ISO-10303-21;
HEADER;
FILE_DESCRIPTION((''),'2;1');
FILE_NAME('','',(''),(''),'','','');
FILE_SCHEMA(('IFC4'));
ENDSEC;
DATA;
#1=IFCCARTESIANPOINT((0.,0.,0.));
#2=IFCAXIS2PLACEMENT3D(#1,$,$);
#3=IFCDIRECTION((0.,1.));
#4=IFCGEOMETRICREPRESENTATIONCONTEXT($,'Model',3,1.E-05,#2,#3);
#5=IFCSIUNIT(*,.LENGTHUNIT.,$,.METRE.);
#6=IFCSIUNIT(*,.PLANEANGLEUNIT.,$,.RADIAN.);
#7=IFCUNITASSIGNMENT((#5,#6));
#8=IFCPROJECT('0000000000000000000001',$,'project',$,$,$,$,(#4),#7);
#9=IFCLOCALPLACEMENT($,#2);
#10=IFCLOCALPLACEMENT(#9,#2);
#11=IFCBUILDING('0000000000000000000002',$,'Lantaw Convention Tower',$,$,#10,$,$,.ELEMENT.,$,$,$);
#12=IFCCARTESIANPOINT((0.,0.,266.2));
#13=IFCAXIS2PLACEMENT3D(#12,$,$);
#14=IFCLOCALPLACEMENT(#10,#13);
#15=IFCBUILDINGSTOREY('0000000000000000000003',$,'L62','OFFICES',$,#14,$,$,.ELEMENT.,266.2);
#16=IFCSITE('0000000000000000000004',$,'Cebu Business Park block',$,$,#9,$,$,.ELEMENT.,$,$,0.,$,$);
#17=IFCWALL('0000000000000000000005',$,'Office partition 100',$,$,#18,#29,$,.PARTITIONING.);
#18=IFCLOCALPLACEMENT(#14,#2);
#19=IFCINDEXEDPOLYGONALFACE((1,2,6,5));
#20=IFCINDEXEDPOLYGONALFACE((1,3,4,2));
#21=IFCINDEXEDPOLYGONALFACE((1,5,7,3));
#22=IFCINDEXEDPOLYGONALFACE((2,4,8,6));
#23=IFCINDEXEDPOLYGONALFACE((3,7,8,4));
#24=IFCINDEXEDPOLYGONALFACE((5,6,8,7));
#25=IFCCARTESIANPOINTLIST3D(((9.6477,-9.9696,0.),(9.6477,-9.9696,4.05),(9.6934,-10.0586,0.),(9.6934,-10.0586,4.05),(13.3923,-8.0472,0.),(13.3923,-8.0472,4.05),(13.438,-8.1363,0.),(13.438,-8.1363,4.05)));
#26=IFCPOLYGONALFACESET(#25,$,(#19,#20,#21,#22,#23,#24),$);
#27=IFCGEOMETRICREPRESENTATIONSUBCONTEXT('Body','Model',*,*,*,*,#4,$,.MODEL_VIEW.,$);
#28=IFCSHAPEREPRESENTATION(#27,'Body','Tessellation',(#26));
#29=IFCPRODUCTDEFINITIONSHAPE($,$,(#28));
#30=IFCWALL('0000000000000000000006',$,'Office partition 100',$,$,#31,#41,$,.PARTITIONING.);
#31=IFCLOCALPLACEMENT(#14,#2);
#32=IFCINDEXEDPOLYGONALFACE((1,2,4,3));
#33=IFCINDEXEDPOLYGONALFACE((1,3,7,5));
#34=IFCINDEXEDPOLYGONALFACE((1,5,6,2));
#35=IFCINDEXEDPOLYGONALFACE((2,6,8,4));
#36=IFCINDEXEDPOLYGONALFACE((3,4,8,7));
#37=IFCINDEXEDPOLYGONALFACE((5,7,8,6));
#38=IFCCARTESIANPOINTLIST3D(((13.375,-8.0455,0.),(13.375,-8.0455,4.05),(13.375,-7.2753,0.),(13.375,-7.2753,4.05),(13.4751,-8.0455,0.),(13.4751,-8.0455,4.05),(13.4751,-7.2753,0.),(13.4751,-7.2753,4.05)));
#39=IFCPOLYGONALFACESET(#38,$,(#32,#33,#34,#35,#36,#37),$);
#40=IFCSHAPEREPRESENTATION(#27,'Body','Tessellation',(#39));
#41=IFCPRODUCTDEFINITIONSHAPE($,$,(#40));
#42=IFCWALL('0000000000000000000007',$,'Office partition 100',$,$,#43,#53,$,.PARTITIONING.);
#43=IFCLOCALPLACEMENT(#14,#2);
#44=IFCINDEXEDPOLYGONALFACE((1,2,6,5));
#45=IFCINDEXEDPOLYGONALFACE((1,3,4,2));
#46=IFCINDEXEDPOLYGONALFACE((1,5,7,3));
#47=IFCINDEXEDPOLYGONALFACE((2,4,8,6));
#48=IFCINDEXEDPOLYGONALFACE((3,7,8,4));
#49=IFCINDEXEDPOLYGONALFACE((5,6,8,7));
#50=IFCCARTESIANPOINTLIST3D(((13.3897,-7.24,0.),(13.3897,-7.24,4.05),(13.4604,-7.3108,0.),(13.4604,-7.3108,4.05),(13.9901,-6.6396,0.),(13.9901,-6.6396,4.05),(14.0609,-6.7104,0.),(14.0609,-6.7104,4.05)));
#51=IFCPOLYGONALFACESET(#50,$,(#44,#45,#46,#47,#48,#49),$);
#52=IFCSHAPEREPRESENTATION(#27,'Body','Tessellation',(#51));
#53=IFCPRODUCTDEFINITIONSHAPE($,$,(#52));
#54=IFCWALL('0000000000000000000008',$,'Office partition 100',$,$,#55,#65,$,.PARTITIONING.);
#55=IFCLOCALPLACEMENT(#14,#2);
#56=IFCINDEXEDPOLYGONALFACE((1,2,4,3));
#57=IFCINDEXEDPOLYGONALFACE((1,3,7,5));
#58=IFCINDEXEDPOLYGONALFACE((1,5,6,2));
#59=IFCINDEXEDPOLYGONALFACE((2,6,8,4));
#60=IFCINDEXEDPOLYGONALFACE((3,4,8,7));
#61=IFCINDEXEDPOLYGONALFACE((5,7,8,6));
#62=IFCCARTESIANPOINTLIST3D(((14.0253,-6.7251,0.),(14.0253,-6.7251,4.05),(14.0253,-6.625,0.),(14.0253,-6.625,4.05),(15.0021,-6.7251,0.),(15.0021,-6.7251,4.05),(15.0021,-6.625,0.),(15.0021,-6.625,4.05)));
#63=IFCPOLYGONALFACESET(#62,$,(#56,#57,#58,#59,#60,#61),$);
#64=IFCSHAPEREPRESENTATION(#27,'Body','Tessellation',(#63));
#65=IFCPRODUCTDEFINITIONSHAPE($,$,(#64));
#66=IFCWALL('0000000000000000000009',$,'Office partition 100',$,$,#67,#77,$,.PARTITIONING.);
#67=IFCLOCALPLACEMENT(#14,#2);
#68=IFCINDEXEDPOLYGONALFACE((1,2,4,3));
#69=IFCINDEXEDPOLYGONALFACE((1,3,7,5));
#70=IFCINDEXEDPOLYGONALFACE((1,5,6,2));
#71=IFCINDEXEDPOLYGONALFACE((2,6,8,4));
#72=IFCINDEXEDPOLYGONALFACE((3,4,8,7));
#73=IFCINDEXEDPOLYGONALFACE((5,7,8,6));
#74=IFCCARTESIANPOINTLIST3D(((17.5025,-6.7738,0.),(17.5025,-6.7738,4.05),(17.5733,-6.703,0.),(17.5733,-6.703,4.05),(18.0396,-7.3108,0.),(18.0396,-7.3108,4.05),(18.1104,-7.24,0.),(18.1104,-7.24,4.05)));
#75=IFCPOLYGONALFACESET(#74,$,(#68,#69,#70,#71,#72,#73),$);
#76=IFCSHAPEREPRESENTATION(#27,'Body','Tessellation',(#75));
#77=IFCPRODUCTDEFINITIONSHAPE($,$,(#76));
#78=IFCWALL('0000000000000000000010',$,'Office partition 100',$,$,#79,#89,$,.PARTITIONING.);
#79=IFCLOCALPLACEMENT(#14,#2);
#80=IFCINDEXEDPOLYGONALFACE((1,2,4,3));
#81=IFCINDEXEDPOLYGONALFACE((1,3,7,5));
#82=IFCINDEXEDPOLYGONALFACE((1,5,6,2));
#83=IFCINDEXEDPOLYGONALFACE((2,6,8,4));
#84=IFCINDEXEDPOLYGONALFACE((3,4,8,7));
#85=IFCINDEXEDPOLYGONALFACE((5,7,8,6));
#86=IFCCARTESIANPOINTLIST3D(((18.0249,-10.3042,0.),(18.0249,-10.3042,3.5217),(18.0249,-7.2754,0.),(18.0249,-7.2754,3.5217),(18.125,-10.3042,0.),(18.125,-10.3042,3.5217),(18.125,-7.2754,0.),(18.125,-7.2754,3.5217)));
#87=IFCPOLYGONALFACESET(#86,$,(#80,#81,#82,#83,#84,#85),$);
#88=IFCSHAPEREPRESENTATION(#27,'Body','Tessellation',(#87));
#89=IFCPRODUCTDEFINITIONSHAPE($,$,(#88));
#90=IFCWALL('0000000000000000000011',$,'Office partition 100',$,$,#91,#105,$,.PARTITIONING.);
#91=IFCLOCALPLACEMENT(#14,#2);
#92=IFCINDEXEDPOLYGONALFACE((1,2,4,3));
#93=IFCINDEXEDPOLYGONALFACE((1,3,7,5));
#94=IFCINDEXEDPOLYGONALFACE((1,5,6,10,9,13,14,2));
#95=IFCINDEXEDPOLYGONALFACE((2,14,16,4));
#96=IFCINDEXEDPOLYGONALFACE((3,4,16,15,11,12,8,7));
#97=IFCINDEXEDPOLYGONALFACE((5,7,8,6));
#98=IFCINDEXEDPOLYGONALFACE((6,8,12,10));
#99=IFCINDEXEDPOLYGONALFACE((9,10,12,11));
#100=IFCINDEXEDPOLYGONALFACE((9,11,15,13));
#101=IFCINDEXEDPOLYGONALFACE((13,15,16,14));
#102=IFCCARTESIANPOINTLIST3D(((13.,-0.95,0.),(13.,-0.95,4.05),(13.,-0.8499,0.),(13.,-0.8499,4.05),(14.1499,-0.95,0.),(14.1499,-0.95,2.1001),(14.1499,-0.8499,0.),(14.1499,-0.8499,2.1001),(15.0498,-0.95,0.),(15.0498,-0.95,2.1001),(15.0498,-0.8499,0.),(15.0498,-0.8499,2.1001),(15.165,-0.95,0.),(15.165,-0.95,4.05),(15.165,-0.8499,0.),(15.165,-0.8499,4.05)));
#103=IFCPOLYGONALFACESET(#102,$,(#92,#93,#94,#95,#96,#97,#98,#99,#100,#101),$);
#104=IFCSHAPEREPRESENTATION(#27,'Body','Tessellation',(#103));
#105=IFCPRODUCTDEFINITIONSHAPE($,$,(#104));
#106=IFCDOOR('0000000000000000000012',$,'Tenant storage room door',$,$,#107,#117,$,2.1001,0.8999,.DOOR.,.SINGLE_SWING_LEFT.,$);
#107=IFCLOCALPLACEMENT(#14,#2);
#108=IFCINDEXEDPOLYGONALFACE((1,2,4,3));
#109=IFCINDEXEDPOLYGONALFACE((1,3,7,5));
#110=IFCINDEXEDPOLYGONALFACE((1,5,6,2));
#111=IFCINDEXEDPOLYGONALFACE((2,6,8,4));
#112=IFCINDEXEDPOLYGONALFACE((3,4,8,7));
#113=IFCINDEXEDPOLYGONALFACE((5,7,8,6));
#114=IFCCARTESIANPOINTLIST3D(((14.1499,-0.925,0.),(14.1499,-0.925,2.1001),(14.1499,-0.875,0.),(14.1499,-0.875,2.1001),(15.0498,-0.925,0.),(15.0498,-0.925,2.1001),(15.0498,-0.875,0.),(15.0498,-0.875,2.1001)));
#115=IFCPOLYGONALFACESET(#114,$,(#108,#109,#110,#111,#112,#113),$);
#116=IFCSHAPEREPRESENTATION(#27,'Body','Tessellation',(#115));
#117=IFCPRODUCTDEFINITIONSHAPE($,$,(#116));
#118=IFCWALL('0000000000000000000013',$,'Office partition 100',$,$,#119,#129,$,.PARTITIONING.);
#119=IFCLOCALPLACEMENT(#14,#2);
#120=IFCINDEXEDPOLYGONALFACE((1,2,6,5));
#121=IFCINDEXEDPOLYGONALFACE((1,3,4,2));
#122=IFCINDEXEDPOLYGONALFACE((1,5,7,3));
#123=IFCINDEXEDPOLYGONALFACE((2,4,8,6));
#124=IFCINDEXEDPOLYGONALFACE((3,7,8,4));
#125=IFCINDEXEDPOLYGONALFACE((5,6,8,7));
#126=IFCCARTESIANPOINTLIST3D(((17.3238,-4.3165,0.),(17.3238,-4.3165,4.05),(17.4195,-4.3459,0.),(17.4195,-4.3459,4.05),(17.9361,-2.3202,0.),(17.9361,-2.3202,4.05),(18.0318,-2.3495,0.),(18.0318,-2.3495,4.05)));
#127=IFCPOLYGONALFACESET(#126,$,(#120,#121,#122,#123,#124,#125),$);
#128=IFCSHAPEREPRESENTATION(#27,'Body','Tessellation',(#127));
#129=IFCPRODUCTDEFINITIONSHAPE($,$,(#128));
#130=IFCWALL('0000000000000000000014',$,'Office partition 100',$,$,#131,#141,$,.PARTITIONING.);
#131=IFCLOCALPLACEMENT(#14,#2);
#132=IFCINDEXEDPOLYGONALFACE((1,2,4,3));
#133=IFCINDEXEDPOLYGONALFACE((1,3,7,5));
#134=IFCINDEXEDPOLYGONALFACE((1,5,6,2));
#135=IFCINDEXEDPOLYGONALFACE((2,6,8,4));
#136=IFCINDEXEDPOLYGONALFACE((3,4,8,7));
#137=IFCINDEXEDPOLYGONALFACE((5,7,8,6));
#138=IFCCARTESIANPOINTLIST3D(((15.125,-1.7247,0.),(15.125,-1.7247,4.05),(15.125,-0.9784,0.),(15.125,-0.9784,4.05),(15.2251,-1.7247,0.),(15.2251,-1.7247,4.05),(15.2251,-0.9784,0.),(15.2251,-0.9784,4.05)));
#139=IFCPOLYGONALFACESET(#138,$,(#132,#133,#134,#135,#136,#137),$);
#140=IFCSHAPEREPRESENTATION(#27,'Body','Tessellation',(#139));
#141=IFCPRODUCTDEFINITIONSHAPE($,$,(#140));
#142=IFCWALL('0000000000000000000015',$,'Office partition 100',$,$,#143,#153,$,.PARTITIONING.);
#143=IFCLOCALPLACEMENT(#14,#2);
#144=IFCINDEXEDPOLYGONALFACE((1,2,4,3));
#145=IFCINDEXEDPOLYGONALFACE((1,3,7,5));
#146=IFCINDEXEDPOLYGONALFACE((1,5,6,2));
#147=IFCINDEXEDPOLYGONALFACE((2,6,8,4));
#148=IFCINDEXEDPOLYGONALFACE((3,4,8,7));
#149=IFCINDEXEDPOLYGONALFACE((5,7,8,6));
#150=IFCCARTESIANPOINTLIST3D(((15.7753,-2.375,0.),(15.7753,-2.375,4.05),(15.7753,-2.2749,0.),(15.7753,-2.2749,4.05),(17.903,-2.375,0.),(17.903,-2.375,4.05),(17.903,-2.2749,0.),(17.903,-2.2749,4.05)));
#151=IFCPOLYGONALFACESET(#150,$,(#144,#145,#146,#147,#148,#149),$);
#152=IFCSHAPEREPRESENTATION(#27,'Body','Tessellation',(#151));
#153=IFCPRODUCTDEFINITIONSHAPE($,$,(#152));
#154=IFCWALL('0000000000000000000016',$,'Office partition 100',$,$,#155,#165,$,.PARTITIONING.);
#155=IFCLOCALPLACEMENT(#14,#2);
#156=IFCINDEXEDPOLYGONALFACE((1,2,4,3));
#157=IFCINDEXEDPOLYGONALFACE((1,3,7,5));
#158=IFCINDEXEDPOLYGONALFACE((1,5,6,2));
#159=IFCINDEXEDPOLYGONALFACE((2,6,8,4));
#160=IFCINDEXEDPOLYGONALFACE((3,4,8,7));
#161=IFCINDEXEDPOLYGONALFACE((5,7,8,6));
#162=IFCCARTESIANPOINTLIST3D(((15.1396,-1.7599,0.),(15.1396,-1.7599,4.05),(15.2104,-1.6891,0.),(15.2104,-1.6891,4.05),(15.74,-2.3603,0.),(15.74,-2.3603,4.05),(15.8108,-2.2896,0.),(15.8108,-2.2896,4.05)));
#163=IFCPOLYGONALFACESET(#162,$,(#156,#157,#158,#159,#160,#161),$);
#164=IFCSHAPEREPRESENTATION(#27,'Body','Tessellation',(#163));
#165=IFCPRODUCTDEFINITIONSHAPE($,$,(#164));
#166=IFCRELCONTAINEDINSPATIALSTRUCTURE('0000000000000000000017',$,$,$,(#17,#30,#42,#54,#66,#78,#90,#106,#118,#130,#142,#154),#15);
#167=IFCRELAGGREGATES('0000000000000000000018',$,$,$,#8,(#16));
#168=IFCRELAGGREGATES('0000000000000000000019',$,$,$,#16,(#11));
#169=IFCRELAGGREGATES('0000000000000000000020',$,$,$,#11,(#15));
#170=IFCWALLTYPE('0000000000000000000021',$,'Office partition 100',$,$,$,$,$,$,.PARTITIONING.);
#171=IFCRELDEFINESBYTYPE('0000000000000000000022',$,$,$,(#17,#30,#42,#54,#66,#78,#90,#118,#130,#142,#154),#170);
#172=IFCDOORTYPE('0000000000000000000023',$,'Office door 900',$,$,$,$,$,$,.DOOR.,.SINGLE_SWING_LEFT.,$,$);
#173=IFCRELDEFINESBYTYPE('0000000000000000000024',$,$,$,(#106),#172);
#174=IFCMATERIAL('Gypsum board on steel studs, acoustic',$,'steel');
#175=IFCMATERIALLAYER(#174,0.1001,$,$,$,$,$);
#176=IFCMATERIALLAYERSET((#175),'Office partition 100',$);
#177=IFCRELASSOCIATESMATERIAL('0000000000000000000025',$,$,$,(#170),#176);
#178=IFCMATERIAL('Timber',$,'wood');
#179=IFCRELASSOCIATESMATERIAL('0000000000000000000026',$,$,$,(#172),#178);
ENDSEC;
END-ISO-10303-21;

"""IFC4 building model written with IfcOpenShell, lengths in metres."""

from ifc_helpers import new_model, si_unit, direction, frame, frame_2d, origin, place, context, subcontext, project, spatial, rectangle, extrude, material, layer, layer_set, type_object, element, fill, save


model = new_model("IFC4")

# Units and contexts
model_context = context("Model", 3, precision=1e-05, world=origin(), true_north=direction((0.0, 1.0)))
body_context = subcontext(model_context, "Body", "Model", "MODEL_VIEW")
ifc_project = project(units=[si_unit("LENGTHUNIT", "METRE"), si_unit("PLANEANGLEUNIT", "RADIAN")], contexts=[model_context])

# Site, building, storey
site_placement = place(None, origin())
site = spatial("IfcSite", under=ifc_project, at=site_placement, Name="Cebu Business Park block", CompositionType="ELEMENT", RefElevation=0.0)
building_placement = place(site_placement, origin())
building = spatial("IfcBuilding", under=site, at=building_placement, Name="Lantaw Convention Tower", CompositionType="ELEMENT")
storey_placement = place(building_placement, frame((0.0, 0.0, 266.2)))
storey = spatial("IfcBuildingStorey", under=building, at=storey_placement, Name="L62", Description="OFFICES", CompositionType="ELEMENT", Elevation=266.2)

# Walls
ifc_material_1 = material(Name="Gypsum board on steel studs, acoustic", Category="steel")
ifc_layer_1 = layer(ifc_material_1, 0.1001)
ifc_layer_set_1 = layer_set([ifc_layer_1], Name="Office partition 100")
wall_type_1 = type_object("IfcWallType", Name="Office partition 100", PredefinedType="PARTITIONING", material=ifc_layer_set_1)
wall_1_placement = place(storey_placement, frame((13.415, -8.0918, 0.0), z_axis=(0.0, 0.0, 1.0), x_axis=(-0.889621, -0.4567, 0.0)))
element("IfcWall", 1, at=wall_1_placement, inside=storey, type_object=wall_type_1, Name="Office partition 100", PredefinedType="PARTITIONING", context=body_context, shape_type="SweptSolid", body=[
    extrude(rectangle(XDim=4.2092, YDim=0.1001, at=frame_2d((2.1045, 0.0))), origin(), (0.0, 0.0, 1.0), 4.05),
])
wall_2_placement = place(storey_placement, frame((13.425, -8.0457, 0.0), z_axis=(0.0, 0.0, 1.0), x_axis=(0.0, 1.0, 0.0)))
element("IfcWall", 2, at=wall_2_placement, inside=storey, type_object=wall_type_1, Name="Office partition 100", PredefinedType="PARTITIONING", context=body_context, shape_type="SweptSolid", body=[
    extrude(rectangle(XDim=0.7703, YDim=0.1001, at=frame_2d((0.3853, 0.0))), origin(), (0.0, 0.0, 1.0), 4.05),
])
wall_3_placement = place(storey_placement, frame((13.425, -7.2754, 0.0), z_axis=(0.0, 0.0, 1.0), x_axis=(0.707107, 0.707107, 0.0)))
element("IfcWall", 3, at=wall_3_placement, inside=storey, type_object=wall_type_1, Name="Office partition 100", PredefinedType="PARTITIONING", context=body_context, shape_type="SweptSolid", body=[
    extrude(rectangle(XDim=0.8491, YDim=0.1001, at=frame_2d((0.4246, 0.0))), origin(), (0.0, 0.0, 1.0), 4.05),
])
wall_4_placement = place(storey_placement, frame((14.0254, -6.675, 0.0), z_axis=(0.0, 0.0, 1.0), x_axis=(1.0, 0.0, 0.0)))
element("IfcWall", 4, at=wall_4_placement, inside=storey, type_object=wall_type_1, Name="Office partition 100", PredefinedType="PARTITIONING", context=body_context, shape_type="SweptSolid", body=[
    extrude(rectangle(XDim=0.9768, YDim=0.1001, at=frame_2d((0.4883, 0.0))), origin(), (0.0, 0.0, 1.0), 4.05),
])
wall_5_placement = place(storey_placement, frame((17.5378, -6.7383, 0.0), z_axis=(0.0, 0.0, 1.0), x_axis=(0.707107, -0.707107, 0.0)))
element("IfcWall", 5, at=wall_5_placement, inside=storey, type_object=wall_type_1, Name="Office partition 100", PredefinedType="PARTITIONING", context=body_context, shape_type="SweptSolid", body=[
    extrude(rectangle(XDim=0.7595, YDim=0.1001, at=frame_2d((0.3799, 0.0))), origin(), (0.0, 0.0, 1.0), 4.05),
])
wall_6_placement = place(storey_placement, frame((18.075, -7.2754, 0.0), z_axis=(0.0, 0.0, 1.0), x_axis=(0.0, -1.0, 0.0)))
element("IfcWall", 6, at=wall_6_placement, inside=storey, type_object=wall_type_1, Name="Office partition 100", PredefinedType="PARTITIONING", context=body_context, shape_type="SweptSolid", body=[
    extrude(rectangle(XDim=3.0288, YDim=0.1001, at=frame_2d((1.5144, 0.0))), origin(), (0.0, 0.0, 1.0), 3.5217),
])

# Wall, opening, door
wall_7_placement = place(storey_placement, frame((13.0, -0.8999, 0.0), z_axis=(0.0, 0.0, 1.0), x_axis=(1.0, 0.0, 0.0)))
wall_7 = element("IfcWall", 7, at=wall_7_placement, inside=storey, type_object=wall_type_1, Name="Office partition 100", PredefinedType="PARTITIONING", context=body_context, shape_type="SweptSolid", body=[
    extrude(rectangle(XDim=2.165, YDim=0.1001, at=frame_2d((1.0825, 0.0))), origin(), (0.0, 0.0, 1.0), 4.05),
])
opening_1_placement = place(wall_7_placement, frame((1.1499, 0.0, 0.0)))
opening_1 = element("IfcOpeningElement", 8, at=opening_1_placement, cuts=wall_7, PredefinedType="OPENING", context=body_context, shape_type="SweptSolid", body=[
    extrude(rectangle(XDim=0.8999, YDim=2.1001, at=frame_2d((0.45, 1.05))), frame((0.0, 0.0601, 0.0), z_axis=(0.0, -1.0, 0.0), x_axis=(1.0, 0.0, 0.0)), (0.0, 0.0, 1.0), 0.1201),
])
ifc_material_2 = material(Name="Timber", Category="wood")
door_type_1 = type_object("IfcDoorType", Name="Office door 900", OperationType="SINGLE_SWING_LEFT", PredefinedType="DOOR", material=ifc_material_2)
door_1_placement = place(opening_1_placement, origin())
door_1 = element("IfcDoor", 9, at=door_1_placement, inside=storey, type_object=door_type_1, Name="Tenant storage room door", OperationType="SINGLE_SWING_LEFT", OverallHeight=2.1001, OverallWidth=0.8999, PredefinedType="DOOR", context=body_context, shape_type="SweptSolid", body=[
    extrude(rectangle(XDim=0.8999, YDim=2.1001, at=frame_2d((0.45, 1.05))), frame((0.0, 0.0249, 0.0), z_axis=(0.0, -1.0, 0.0), x_axis=(1.0, 0.0, 0.0)), (0.0, 0.0, 1.0), 0.05),
])
fill(opening_1, door_1)

# Walls
wall_8_placement = place(storey_placement, frame((17.9839, -2.335, 0.0), z_axis=(0.0, 0.0, 1.0), x_axis=(-0.293231, -0.956042, 0.0)))
element("IfcWall", 10, at=wall_8_placement, inside=storey, type_object=wall_type_1, Name="Office partition 100", PredefinedType="PARTITIONING", context=body_context, shape_type="SweptSolid", body=[
    extrude(rectangle(XDim=2.0881, YDim=0.1001, at=frame_2d((1.0439, 0.0))), origin(), (0.0, 0.0, 1.0), 4.05),
])
wall_9_placement = place(storey_placement, frame((15.175, -1.7246, 0.0), z_axis=(0.0, 0.0, 1.0), x_axis=(0.0, 1.0, 0.0)))
element("IfcWall", 11, at=wall_9_placement, inside=storey, type_object=wall_type_1, Name="Office partition 100", PredefinedType="PARTITIONING", context=body_context, shape_type="SweptSolid", body=[
    extrude(rectangle(XDim=0.7463, YDim=0.1001, at=frame_2d((0.373, 0.0))), origin(), (0.0, 0.0, 1.0), 4.05),
])
wall_10_placement = place(storey_placement, frame((17.9031, -2.325, 0.0), z_axis=(0.0, 0.0, 1.0), x_axis=(-1.0, 0.0, 0.0)))
element("IfcWall", 12, at=wall_10_placement, inside=storey, type_object=wall_type_1, Name="Office partition 100", PredefinedType="PARTITIONING", context=body_context, shape_type="SweptSolid", body=[
    extrude(rectangle(XDim=2.1277, YDim=0.1001, at=frame_2d((1.064, 0.0))), origin(), (0.0, 0.0, 1.0), 4.05),
])
wall_11_placement = place(storey_placement, frame((15.7754, -2.325, 0.0), z_axis=(0.0, 0.0, 1.0), x_axis=(-0.707107, 0.707107, 0.0)))
element("IfcWall", 13, at=wall_11_placement, inside=storey, type_object=wall_type_1, Name="Office partition 100", PredefinedType="PARTITIONING", context=body_context, shape_type="SweptSolid", body=[
    extrude(rectangle(XDim=0.8491, YDim=0.1001, at=frame_2d((0.4246, 0.0))), origin(), (0.0, 0.0, 1.0), 4.05),
])

save(model, "model.ifc")
